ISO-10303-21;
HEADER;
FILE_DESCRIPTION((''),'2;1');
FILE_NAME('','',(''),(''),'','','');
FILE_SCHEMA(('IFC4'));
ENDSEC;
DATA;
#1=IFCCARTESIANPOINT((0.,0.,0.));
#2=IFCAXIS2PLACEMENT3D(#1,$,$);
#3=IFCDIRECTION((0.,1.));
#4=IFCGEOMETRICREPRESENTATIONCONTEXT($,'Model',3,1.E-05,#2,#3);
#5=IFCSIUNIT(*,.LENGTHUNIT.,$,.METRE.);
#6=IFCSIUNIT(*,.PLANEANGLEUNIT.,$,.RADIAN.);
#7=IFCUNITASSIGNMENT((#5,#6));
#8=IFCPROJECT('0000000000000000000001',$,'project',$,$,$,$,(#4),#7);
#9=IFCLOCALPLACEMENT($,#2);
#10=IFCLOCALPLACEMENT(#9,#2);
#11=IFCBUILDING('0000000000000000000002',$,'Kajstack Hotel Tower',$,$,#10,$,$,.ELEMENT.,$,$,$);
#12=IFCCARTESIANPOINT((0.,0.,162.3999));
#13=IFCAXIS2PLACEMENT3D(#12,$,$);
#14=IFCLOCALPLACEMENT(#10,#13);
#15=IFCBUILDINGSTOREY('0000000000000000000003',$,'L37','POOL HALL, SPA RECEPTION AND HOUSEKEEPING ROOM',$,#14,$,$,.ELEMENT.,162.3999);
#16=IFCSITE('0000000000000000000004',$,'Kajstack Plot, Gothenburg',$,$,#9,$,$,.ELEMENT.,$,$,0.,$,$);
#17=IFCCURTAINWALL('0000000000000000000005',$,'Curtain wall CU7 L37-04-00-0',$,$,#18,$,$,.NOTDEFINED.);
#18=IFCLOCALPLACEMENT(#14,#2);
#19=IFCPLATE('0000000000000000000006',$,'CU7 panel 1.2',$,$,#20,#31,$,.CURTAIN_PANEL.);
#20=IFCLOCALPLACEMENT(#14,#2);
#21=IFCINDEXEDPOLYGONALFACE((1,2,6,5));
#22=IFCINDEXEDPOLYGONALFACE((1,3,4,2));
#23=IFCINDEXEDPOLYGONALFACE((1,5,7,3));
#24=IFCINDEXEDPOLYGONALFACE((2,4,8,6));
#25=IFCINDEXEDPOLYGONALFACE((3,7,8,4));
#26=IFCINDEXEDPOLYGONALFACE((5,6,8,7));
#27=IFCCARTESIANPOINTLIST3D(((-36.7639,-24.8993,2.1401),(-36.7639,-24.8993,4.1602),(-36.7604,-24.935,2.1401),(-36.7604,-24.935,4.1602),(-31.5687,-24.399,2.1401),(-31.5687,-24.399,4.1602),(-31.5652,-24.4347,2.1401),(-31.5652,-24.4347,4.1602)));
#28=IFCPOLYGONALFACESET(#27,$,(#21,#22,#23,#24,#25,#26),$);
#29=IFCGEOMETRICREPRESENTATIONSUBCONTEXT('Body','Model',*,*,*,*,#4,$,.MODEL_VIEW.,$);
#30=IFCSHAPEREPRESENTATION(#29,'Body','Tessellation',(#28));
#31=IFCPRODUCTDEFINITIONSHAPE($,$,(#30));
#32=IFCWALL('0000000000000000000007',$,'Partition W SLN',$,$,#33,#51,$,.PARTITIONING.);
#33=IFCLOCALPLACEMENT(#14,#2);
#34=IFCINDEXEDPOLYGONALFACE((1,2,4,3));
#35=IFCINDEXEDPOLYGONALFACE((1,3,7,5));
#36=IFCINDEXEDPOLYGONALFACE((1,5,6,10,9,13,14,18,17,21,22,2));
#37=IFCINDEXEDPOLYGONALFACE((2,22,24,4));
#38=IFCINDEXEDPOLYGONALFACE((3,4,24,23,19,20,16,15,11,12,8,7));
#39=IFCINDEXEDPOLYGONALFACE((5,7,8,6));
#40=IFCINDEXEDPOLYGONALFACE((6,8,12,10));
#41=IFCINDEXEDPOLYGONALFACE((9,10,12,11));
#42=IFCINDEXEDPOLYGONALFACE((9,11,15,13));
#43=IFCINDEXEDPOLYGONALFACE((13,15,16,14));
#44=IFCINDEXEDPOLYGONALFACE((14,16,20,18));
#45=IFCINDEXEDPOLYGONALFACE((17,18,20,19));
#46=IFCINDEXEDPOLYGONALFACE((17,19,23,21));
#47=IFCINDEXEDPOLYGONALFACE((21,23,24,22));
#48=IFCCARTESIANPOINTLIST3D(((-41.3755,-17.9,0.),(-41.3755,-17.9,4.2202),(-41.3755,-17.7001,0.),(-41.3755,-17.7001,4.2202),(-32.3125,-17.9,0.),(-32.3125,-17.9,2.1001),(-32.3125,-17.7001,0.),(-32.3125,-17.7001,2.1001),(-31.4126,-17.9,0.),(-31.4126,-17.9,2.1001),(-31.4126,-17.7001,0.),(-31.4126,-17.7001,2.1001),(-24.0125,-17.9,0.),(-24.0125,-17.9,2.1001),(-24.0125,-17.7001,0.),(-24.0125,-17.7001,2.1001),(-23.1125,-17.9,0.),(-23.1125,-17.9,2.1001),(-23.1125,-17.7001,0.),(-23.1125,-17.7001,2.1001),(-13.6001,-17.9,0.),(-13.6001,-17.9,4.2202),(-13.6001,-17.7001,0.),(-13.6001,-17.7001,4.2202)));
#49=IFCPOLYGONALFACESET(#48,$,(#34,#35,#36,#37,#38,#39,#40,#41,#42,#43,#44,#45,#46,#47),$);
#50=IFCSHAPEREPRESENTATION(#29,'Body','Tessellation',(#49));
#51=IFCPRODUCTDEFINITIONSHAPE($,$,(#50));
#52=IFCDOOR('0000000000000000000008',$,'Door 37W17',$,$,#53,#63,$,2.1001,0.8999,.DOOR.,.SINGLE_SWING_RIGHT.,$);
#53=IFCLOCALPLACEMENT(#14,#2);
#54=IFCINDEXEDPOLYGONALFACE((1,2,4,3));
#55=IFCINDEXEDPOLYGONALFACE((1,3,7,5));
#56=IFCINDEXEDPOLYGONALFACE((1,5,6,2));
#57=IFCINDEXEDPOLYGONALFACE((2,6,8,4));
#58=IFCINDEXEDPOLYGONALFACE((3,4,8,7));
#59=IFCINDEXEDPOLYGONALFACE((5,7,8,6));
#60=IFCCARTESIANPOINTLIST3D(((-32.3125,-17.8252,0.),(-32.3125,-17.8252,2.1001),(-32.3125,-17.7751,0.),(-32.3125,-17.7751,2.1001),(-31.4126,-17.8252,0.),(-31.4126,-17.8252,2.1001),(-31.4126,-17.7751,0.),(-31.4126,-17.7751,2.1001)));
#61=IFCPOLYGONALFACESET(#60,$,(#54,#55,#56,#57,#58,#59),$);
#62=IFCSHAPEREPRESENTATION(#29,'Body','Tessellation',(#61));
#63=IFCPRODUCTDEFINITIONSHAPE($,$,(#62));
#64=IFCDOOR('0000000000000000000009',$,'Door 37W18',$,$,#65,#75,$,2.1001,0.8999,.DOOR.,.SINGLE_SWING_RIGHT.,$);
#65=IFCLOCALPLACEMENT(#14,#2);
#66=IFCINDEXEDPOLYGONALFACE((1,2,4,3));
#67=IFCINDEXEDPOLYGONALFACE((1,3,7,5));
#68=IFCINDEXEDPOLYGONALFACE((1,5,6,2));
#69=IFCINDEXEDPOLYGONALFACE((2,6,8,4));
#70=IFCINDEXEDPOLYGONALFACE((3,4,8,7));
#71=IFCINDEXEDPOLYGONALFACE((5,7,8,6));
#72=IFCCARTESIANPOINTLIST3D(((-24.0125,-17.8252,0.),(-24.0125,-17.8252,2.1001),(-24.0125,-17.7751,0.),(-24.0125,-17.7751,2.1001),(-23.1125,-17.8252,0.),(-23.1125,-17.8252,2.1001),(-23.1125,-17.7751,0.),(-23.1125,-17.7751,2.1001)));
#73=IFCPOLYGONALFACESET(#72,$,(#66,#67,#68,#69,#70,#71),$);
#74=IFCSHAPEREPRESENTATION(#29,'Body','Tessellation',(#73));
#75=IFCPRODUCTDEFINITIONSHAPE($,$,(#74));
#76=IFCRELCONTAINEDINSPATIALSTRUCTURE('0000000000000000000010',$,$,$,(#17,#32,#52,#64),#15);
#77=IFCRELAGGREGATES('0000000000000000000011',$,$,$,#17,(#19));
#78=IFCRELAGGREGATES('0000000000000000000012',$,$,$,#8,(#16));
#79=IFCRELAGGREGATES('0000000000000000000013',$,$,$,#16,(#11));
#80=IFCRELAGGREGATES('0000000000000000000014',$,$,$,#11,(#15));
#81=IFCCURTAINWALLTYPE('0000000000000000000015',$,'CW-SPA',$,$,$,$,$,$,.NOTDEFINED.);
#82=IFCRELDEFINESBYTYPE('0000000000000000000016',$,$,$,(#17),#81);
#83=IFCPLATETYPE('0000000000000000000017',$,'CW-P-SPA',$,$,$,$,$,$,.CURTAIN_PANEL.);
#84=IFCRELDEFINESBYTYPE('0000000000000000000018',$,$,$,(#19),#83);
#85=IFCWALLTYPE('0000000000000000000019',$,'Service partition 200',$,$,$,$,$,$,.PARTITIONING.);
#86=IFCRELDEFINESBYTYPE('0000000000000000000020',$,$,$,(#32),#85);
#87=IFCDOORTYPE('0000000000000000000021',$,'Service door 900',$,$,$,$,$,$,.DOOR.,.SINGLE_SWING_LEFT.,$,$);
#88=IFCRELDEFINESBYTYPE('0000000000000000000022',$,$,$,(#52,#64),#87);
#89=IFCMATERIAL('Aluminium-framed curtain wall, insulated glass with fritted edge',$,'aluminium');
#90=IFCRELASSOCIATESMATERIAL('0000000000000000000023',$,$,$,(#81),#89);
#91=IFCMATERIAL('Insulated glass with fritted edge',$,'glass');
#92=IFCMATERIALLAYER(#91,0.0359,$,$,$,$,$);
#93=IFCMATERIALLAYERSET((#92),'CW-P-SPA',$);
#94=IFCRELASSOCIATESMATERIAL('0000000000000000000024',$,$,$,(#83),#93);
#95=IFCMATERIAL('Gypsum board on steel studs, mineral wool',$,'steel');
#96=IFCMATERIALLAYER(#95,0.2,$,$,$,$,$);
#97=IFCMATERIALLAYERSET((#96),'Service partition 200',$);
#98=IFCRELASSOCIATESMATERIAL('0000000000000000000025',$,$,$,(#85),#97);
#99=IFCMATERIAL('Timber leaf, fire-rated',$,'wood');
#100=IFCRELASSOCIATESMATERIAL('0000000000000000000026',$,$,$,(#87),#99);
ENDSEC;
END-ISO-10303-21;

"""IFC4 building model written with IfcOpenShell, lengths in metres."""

from ifc_helpers import new_model, si_unit, direction, frame, frame_2d, origin, origin_2d, place, context, subcontext, project, spatial, rectangle, extrude, material, layer, layer_set, type_object, element, fill, aggregate, save


model = new_model("IFC4")

# Units and contexts
model_context = context("Model", 3, precision=1e-05, world=origin(), true_north=direction((0.0, 1.0)))
body_context = subcontext(model_context, "Body", "Model", "MODEL_VIEW")
ifc_project = project(units=[si_unit("LENGTHUNIT", "METRE"), si_unit("PLANEANGLEUNIT", "RADIAN")], contexts=[model_context])

# Site, building, storey
site_placement = place(None, origin())
site = spatial("IfcSite", under=ifc_project, at=site_placement, Name="Kajstack Plot, Gothenburg", CompositionType="ELEMENT", RefElevation=0.0)
building_placement = place(site_placement, origin())
building = spatial("IfcBuilding", under=site, at=building_placement, Name="Kajstack Hotel Tower", CompositionType="ELEMENT")
storey_placement = place(building_placement, frame((0.0, 0.0, 162.3999)))
storey = spatial("IfcBuildingStorey", under=building, at=storey_placement, Name="L37", Description="POOL HALL, SPA RECEPTION AND HOUSEKEEPING ROOM", CompositionType="ELEMENT", Elevation=162.3999)

# Shared definitions
ifc_material_1 = material(Name="Aluminium-framed curtain wall, insulated glass with fritted edge", Category="aluminium")
curtain_wall_type = type_object("IfcCurtainWallType", Name="CW-SPA", PredefinedType="NOTDEFINED", material=ifc_material_1)

# Curtain wall
curtain_wall_1_placement = place(storey_placement, origin())
curtain_wall_1 = element("IfcCurtainWall", 1, at=curtain_wall_1_placement, inside=storey, type_object=curtain_wall_type, Name="Curtain wall CU7 L37-04-00-0", PredefinedType="NOTDEFINED")

# Plate
ifc_material_2 = material(Name="Insulated glass with fritted edge", Category="glass")
ifc_layer_1 = layer(ifc_material_2, 0.0359)
ifc_layer_set_1 = layer_set([ifc_layer_1], Name="CW-P-SPA")
plate_type = type_object("IfcPlateType", Name="CW-P-SPA", PredefinedType="CURTAIN_PANEL", material=ifc_layer_set_1)
plate_1_placement = place(storey_placement, frame((-34.1646, -24.667, 2.1401), z_axis=(0.0, 0.0, 1.0), x_axis=(0.995396, 0.095845, 0.0)))
plate_1 = element("IfcPlate", 2, at=plate_1_placement, type_object=plate_type, Name="CU7 panel 1.2", PredefinedType="CURTAIN_PANEL", context=body_context, shape_type="SweptSolid", body=[
    extrude(rectangle(XDim=5.2192, YDim=0.0359, at=origin_2d()), origin(), (0.0, 0.0, 1.0), 2.02),
])
aggregate(curtain_wall_1, [plate_1])

# Wall, openings, doors
ifc_material_3 = material(Name="Gypsum board on steel studs, mineral wool", Category="steel")
ifc_layer_2 = layer(ifc_material_3, 0.2)
ifc_layer_set_2 = layer_set([ifc_layer_2], Name="Service partition 200")
wall_type = type_object("IfcWallType", Name="Service partition 200", PredefinedType="PARTITIONING", material=ifc_layer_set_2)
wall_placement = place(storey_placement, frame((-41.3755, -17.8, 0.0), z_axis=(0.0, 0.0, 1.0), x_axis=(1.0, 0.0, 0.0)))
wall = element("IfcWall", 3, at=wall_placement, inside=storey, type_object=wall_type, Name="Partition W SLN", PredefinedType="PARTITIONING", context=body_context, shape_type="SweptSolid", body=[
    extrude(rectangle(XDim=27.7754, YDim=0.2, at=frame_2d((13.8877, 0.0))), origin(), (0.0, 0.0, 1.0), 4.2202),
])
opening_1_placement = place(wall_placement, frame((9.063, 0.0, 0.0)))
opening_1 = element("IfcOpeningElement", 4, at=opening_1_placement, cuts=wall, PredefinedType="OPENING", context=body_context, shape_type="SweptSolid", body=[
    extrude(rectangle(XDim=0.8999, YDim=2.1001, at=frame_2d((0.45, 1.05))), frame((0.0, 0.1099, 0.0), z_axis=(0.0, -1.0, 0.0), x_axis=(1.0, 0.0, 0.0)), (0.0, 0.0, 1.0), 0.22),
])
opening_2_placement = place(wall_placement, frame((17.363, 0.0, 0.0)))
opening_2 = element("IfcOpeningElement", 5, at=opening_2_placement, cuts=wall, PredefinedType="OPENING", context=body_context, shape_type="SweptSolid", body=[
    extrude(rectangle(XDim=0.8999, YDim=2.1001, at=frame_2d((0.45, 1.05))), frame((0.0, 0.1099, 0.0), z_axis=(0.0, -1.0, 0.0), x_axis=(1.0, 0.0, 0.0)), (0.0, 0.0, 1.0), 0.22),
])
ifc_material_4 = material(Name="Timber leaf, fire-rated", Category="wood")
door_type = type_object("IfcDoorType", Name="Service door 900", OperationType="SINGLE_SWING_LEFT", PredefinedType="DOOR", material=ifc_material_4)
door_1_placement = place(opening_1_placement, origin())
door_1 = element("IfcDoor", 6, at=door_1_placement, inside=storey, type_object=door_type, Name="Door 37W17", OperationType="SINGLE_SWING_RIGHT", OverallHeight=2.1001, OverallWidth=0.8999, PredefinedType="DOOR", context=body_context, shape_type="SweptSolid", body=[
    extrude(rectangle(XDim=0.8999, YDim=2.1001, at=frame_2d((0.45, 1.05))), frame((0.0, 0.0249, 0.0), z_axis=(0.0, -1.0, 0.0), x_axis=(1.0, 0.0, 0.0)), (0.0, 0.0, 1.0), 0.05),
])
fill(opening_1, door_1)
door_2_placement = place(opening_2_placement, origin())
door_2 = element("IfcDoor", 7, at=door_2_placement, inside=storey, type_object=door_type, Name="Door 37W18", OperationType="SINGLE_SWING_RIGHT", OverallHeight=2.1001, OverallWidth=0.8999, PredefinedType="DOOR", context=body_context, shape_type="SweptSolid", body=[
    extrude(rectangle(XDim=0.8999, YDim=2.1001, at=frame_2d((0.45, 1.05))), frame((0.0, 0.0249, 0.0), z_axis=(0.0, -1.0, 0.0), x_axis=(1.0, 0.0, 0.0)), (0.0, 0.0, 1.0), 0.05),
])
fill(opening_2, door_2)

save(model, "model.ifc")
